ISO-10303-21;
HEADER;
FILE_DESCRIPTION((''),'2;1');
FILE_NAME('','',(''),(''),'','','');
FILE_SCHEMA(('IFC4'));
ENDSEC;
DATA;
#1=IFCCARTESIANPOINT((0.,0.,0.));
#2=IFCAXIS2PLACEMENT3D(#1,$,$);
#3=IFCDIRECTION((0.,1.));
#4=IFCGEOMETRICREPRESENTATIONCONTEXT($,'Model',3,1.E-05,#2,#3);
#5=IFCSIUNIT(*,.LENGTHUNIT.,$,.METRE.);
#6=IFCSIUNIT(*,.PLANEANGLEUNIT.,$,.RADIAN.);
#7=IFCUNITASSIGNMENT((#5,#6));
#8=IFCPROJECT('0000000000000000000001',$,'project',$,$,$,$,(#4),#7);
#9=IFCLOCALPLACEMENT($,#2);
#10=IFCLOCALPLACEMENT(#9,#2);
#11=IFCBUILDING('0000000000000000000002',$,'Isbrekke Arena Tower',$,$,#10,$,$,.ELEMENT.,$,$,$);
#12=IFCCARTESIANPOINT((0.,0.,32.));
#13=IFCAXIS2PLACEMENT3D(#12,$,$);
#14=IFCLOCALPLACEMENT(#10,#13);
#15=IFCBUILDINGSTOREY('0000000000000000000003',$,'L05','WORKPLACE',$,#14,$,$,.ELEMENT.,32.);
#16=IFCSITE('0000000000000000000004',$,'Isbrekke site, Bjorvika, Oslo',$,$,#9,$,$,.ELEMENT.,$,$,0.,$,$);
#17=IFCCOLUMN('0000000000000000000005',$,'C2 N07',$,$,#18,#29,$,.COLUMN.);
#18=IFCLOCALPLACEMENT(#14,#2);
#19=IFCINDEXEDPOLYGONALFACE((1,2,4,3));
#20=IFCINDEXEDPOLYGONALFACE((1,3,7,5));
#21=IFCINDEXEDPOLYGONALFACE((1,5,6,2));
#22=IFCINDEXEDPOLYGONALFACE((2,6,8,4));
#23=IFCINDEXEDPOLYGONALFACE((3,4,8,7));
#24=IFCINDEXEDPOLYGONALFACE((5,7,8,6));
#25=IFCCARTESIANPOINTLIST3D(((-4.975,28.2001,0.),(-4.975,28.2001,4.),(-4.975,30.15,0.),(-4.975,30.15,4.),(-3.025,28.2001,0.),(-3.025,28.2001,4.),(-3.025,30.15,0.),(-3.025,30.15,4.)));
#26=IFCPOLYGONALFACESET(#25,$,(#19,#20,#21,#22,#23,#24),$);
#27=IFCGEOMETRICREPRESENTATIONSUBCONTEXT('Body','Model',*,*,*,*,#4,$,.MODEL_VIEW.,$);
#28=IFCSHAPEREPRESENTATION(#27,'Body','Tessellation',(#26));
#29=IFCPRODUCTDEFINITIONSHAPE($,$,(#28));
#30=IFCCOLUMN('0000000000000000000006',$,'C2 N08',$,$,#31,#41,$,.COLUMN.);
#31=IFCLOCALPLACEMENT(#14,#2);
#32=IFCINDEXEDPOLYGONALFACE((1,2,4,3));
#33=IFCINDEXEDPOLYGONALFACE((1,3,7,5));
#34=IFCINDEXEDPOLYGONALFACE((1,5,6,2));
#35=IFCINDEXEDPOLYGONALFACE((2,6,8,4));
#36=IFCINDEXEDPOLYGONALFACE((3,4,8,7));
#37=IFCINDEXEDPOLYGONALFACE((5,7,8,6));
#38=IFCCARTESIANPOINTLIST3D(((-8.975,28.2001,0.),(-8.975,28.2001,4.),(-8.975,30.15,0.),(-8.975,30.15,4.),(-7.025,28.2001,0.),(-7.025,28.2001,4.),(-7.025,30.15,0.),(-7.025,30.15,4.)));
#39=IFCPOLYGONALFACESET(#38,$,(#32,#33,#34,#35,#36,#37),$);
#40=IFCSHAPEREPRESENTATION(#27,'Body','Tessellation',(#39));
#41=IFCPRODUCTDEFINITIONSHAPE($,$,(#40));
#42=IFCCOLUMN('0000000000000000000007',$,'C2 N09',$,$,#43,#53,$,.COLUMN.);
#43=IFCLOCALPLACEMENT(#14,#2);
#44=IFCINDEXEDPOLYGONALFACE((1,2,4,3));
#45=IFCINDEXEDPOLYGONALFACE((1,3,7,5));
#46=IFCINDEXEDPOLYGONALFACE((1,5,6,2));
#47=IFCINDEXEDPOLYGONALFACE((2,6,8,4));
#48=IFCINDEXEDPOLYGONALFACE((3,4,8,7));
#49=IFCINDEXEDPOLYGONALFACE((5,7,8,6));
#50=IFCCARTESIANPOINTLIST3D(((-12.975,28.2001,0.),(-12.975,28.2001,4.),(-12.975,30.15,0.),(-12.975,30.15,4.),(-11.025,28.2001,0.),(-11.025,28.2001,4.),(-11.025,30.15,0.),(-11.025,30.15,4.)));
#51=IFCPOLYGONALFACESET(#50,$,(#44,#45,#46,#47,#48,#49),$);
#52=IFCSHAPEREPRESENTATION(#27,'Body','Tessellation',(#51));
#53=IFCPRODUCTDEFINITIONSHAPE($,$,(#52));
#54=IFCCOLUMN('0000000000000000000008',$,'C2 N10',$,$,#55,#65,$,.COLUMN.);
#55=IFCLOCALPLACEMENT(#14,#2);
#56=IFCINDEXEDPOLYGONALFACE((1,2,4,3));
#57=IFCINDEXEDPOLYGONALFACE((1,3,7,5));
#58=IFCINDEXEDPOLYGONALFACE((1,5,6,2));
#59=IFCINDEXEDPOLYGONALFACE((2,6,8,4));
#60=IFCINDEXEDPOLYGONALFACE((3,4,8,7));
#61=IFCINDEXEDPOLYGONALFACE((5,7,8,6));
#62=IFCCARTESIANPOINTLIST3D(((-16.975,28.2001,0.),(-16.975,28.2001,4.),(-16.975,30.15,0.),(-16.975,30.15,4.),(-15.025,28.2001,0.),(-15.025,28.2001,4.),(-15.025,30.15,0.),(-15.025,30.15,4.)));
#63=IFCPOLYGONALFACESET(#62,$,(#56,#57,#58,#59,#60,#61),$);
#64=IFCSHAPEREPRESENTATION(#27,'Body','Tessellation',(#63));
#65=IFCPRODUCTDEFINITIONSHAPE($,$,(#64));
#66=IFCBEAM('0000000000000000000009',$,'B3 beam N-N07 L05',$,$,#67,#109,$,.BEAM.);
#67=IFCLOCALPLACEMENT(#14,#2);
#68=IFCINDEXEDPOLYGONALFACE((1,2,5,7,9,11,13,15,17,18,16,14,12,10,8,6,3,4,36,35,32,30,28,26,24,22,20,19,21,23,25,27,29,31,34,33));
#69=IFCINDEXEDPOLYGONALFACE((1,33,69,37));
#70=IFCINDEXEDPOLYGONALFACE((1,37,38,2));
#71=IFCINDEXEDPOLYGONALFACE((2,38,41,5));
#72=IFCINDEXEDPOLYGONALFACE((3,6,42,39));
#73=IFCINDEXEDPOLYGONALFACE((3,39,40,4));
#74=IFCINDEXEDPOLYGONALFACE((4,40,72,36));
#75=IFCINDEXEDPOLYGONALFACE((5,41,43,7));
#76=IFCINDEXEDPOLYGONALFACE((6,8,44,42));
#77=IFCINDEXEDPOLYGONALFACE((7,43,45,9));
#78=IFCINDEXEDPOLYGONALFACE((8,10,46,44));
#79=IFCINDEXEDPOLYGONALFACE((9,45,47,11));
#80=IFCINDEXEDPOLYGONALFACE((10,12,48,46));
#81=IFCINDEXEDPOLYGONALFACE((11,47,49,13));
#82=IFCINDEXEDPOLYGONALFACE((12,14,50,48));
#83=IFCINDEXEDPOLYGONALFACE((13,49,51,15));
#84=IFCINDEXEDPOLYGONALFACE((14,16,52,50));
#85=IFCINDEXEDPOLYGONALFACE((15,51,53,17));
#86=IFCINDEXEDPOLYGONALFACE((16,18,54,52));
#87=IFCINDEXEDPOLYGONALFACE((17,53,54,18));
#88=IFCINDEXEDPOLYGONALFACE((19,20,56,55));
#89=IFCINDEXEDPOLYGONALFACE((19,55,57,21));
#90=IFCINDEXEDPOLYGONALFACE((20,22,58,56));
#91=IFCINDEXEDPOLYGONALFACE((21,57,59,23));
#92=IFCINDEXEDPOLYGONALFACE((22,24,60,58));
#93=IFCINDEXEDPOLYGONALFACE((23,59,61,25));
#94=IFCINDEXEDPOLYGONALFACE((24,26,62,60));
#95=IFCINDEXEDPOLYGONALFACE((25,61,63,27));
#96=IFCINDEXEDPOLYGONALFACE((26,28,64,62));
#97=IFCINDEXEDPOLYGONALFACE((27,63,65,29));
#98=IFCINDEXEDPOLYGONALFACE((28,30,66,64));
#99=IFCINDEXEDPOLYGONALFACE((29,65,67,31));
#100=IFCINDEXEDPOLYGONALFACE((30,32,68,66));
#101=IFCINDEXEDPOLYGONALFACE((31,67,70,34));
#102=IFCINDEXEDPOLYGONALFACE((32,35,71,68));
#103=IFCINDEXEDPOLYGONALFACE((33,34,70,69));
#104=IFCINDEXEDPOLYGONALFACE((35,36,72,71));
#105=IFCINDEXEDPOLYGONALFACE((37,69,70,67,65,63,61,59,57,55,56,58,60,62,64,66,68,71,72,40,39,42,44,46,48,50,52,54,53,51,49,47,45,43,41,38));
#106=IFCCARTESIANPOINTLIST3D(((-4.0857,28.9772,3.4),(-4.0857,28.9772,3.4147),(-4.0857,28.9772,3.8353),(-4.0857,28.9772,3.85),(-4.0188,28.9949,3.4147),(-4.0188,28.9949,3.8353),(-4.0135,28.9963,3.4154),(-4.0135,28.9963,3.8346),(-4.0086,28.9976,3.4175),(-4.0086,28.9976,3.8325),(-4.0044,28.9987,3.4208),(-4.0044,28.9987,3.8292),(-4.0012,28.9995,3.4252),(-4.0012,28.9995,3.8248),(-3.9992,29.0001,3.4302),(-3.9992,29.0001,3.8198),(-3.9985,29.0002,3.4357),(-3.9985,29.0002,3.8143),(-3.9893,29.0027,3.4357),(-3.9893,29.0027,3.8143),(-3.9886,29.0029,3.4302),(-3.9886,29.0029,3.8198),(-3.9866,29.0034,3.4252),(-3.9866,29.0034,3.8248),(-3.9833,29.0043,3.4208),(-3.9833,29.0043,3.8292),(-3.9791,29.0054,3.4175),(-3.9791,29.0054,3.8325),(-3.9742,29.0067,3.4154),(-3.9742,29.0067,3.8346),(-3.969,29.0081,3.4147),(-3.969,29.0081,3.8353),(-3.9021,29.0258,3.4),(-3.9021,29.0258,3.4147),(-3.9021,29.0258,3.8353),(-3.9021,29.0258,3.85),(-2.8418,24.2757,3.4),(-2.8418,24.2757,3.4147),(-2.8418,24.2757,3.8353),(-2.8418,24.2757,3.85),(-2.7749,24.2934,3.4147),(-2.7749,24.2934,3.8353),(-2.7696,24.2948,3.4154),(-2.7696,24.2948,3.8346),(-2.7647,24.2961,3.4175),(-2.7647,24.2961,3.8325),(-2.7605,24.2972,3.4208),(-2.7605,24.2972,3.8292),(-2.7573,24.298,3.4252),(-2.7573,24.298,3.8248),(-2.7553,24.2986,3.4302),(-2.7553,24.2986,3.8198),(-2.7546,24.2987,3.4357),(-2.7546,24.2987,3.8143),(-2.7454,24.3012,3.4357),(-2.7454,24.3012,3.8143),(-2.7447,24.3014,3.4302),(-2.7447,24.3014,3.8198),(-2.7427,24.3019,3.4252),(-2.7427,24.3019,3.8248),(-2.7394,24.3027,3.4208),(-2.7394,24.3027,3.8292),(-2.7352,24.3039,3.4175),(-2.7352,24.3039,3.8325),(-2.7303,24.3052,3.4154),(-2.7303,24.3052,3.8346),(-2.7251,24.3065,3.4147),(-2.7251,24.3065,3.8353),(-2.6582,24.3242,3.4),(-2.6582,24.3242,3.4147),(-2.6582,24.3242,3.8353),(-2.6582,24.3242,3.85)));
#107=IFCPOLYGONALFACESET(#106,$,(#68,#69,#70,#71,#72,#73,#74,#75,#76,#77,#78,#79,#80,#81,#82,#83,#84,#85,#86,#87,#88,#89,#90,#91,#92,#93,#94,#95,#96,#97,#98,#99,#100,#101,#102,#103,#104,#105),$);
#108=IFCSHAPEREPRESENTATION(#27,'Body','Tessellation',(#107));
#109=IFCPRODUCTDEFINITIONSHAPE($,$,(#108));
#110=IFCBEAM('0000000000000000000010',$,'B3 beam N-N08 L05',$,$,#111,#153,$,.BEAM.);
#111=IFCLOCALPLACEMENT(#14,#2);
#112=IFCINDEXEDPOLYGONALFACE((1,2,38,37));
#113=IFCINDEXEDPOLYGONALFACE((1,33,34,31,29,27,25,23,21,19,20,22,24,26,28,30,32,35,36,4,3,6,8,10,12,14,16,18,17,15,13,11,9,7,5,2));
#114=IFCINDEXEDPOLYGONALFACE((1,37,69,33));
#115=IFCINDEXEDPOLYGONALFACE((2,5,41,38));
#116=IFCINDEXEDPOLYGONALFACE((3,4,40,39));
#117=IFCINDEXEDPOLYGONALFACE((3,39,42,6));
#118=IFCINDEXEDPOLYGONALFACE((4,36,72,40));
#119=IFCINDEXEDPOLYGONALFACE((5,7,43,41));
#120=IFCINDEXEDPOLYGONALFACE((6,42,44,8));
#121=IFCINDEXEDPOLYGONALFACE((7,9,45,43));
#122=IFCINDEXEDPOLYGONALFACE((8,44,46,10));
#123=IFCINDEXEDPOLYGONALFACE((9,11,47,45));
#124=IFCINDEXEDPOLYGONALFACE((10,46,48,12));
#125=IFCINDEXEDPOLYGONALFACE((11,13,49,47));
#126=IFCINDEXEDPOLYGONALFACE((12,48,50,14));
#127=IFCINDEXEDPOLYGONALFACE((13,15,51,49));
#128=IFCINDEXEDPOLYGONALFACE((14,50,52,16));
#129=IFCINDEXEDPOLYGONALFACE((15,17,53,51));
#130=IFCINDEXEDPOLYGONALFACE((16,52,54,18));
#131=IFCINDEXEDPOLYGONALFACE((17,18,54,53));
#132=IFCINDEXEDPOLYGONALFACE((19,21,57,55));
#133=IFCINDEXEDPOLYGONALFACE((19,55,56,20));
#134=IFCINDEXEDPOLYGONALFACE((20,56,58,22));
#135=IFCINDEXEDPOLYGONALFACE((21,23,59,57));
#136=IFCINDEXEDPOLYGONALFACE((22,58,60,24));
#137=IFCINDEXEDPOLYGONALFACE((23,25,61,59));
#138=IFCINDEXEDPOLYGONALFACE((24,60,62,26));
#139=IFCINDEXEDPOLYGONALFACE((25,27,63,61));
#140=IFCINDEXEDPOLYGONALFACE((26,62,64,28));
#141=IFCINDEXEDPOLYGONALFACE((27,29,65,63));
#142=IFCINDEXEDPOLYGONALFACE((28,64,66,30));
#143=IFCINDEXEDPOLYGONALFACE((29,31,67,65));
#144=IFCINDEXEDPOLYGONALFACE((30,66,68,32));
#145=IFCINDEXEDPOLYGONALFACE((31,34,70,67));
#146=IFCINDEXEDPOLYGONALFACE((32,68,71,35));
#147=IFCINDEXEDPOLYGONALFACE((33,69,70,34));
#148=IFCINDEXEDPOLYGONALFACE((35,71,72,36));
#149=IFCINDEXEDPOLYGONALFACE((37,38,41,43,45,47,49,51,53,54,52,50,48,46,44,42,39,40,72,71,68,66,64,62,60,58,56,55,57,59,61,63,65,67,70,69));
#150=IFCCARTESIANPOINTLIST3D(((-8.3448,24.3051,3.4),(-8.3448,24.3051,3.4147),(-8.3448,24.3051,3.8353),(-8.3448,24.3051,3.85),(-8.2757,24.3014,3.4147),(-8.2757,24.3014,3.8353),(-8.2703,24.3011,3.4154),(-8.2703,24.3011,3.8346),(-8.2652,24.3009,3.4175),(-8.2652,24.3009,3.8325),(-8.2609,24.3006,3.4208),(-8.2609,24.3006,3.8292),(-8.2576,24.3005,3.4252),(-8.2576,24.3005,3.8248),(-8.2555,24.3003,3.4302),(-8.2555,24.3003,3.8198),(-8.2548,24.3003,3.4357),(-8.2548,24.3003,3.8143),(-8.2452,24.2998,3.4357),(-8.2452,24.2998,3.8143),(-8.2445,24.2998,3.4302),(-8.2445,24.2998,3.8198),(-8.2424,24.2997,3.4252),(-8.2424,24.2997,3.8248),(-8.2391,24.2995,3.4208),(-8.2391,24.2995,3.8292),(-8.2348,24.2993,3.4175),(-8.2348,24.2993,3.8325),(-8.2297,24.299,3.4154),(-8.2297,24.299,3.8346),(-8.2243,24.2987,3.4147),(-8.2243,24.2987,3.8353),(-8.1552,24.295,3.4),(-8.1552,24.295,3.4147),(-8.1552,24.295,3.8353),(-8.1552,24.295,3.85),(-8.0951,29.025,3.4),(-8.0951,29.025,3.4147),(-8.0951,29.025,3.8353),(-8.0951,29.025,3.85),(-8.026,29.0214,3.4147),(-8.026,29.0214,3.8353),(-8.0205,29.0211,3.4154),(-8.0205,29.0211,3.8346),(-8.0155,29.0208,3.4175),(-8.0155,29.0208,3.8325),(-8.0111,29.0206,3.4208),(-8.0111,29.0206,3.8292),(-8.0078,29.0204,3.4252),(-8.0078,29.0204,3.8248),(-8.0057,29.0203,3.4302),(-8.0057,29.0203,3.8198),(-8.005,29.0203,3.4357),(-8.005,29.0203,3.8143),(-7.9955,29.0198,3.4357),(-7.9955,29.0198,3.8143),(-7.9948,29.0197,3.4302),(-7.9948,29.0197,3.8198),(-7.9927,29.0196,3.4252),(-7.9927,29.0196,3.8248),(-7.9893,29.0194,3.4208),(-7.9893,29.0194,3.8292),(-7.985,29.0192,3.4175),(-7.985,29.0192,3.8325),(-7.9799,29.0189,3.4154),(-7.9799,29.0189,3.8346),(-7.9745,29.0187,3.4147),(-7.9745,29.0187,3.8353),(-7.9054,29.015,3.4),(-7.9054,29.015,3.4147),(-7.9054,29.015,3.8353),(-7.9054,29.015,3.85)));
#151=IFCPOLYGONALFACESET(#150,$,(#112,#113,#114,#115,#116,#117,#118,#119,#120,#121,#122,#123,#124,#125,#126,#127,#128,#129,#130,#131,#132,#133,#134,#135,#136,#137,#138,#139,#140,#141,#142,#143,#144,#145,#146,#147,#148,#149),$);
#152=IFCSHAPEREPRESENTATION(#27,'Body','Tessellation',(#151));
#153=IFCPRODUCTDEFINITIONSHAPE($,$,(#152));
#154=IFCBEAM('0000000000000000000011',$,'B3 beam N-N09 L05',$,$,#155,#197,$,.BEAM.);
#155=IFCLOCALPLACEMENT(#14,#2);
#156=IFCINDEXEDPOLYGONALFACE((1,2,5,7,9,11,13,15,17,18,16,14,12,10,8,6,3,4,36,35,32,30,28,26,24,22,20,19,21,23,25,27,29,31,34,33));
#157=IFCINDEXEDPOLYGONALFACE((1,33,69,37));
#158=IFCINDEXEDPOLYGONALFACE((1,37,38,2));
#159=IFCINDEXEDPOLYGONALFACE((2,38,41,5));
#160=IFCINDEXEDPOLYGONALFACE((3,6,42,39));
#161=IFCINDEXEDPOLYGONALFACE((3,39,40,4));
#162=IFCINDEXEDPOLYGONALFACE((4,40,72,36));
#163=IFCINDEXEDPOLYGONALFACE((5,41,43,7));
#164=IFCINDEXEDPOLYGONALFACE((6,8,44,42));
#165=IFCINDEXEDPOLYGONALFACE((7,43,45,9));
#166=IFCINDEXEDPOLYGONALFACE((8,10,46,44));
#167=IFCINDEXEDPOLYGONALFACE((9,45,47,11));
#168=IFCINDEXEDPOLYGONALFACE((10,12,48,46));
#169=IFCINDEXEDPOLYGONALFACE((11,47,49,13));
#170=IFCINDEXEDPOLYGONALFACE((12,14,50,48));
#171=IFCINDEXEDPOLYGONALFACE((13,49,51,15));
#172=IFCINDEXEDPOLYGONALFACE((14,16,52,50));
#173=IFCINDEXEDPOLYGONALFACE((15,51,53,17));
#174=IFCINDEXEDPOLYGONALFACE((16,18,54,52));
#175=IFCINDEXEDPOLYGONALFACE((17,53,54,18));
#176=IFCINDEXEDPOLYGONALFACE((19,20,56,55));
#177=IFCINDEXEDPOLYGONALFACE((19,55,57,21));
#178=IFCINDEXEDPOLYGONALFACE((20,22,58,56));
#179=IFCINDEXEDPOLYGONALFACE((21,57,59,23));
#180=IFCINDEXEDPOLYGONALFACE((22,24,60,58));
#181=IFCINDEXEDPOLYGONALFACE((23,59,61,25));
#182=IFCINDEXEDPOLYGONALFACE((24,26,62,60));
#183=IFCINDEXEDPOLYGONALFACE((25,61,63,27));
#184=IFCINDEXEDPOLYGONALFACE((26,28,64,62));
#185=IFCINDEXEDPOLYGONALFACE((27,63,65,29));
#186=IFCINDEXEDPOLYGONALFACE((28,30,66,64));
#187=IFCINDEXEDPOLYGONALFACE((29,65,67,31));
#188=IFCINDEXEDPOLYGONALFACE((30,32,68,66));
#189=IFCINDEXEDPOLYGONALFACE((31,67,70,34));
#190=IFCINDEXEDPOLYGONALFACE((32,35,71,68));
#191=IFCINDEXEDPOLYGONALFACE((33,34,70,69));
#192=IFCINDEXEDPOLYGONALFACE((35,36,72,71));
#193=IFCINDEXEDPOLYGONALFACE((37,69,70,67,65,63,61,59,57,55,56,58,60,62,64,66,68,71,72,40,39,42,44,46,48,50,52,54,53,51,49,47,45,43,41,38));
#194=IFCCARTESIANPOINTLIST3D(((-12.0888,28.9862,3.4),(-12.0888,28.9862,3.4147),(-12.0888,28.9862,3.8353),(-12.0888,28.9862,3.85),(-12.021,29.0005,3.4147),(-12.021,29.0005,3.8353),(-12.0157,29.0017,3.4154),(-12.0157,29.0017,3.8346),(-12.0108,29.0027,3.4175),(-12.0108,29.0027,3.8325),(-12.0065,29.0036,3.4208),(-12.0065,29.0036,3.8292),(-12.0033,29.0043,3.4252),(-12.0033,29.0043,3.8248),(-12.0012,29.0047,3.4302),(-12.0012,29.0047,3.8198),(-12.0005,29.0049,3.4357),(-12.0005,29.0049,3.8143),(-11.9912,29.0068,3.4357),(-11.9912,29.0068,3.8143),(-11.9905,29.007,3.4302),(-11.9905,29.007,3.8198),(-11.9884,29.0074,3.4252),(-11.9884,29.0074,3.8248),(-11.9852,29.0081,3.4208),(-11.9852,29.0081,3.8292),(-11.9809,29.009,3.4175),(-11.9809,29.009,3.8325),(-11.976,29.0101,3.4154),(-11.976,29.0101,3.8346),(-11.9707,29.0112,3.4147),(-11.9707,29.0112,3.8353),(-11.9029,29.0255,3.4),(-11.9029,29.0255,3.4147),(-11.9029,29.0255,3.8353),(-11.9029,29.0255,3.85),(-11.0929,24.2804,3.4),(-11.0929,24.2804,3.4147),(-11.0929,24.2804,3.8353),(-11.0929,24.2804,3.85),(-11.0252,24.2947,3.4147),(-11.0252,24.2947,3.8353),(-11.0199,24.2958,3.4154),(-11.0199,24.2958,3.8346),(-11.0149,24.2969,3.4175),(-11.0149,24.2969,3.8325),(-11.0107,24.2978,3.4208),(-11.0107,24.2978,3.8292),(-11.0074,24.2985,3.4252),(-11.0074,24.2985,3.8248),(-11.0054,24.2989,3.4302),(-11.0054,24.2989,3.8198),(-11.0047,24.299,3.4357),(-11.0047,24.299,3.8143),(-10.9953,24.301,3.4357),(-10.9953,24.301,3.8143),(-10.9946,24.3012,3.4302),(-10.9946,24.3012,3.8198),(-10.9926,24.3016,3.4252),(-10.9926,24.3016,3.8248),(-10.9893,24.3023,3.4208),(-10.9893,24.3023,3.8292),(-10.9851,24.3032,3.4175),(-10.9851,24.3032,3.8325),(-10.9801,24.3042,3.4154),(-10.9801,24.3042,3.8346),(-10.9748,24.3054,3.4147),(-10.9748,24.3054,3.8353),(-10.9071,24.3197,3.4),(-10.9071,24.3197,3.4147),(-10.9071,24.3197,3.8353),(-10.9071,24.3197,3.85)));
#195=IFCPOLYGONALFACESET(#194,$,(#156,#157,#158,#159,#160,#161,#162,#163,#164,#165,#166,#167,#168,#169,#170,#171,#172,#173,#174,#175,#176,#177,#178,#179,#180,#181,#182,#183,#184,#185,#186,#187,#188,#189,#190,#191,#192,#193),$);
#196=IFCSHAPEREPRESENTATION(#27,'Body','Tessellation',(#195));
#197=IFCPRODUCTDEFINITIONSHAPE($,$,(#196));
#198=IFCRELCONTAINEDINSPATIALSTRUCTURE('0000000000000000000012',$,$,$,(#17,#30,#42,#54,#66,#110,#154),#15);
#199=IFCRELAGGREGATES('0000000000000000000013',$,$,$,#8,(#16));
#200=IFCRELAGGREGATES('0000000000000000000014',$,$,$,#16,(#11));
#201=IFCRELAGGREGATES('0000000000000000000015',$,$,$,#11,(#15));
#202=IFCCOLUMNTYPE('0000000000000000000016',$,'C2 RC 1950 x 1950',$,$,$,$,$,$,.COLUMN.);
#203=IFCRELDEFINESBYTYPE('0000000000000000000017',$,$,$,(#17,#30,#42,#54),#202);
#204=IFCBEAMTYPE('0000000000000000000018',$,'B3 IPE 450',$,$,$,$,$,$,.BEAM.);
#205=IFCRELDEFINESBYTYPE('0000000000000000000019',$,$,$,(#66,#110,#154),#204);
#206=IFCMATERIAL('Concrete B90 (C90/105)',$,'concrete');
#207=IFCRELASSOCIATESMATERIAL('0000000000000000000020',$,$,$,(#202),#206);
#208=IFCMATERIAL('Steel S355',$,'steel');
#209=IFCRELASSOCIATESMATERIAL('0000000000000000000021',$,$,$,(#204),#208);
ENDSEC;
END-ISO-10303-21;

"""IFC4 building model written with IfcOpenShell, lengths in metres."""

from ifc_helpers import new_model, si_unit, direction, frame, origin, origin_2d, place, context, subcontext, project, spatial, rectangle, i_section, extrude, material, material_profile, profile_set, type_object, element, save


model = new_model("IFC4")

# Units and contexts
model_context = context("Model", 3, precision=1e-05, world=origin(), true_north=direction((0.0, 1.0)))
body_context = subcontext(model_context, "Body", "Model", "MODEL_VIEW")
ifc_project = project(units=[si_unit("LENGTHUNIT", "METRE"), si_unit("PLANEANGLEUNIT", "RADIAN")], contexts=[model_context])

# Site, building, storey
site_placement = place(None, origin())
site = spatial("IfcSite", under=ifc_project, at=site_placement, Name="Isbrekke site, Bjorvika, Oslo", CompositionType="ELEMENT", RefElevation=0.0)
building_placement = place(site_placement, origin())
building = spatial("IfcBuilding", under=site, at=building_placement, Name="Isbrekke Arena Tower", CompositionType="ELEMENT")
storey_placement = place(building_placement, frame((0.0, 0.0, 32.0)))
storey = spatial("IfcBuildingStorey", under=building, at=storey_placement, Name="L05", Description="WORKPLACE", CompositionType="ELEMENT", Elevation=32.0)

# Columns
ifc_material_1 = material(Name="Concrete B90 (C90/105)", Category="concrete")
ifc_material_profile_1 = material_profile(ifc_material_1, rectangle(XDim=1.95, YDim=1.95, at=origin_2d()), Name="RC 1950x1950")
ifc_profile_set_1 = profile_set([ifc_material_profile_1], Name="Concrete B90 (C90/105)")
column_type = type_object("IfcColumnType", Name="C2 RC 1950 x 1950", PredefinedType="COLUMN", material=ifc_profile_set_1)
for number, where, z_axis, x_axis, name in (
    (1, (-4.0, 29.175, 0.0), (0.0, 0.0, 1.0), (-1.0, 0.0, 0.0), "C2 N07"),
    (2, (-8.0, 29.175, 0.0), (0.0, 0.0, 1.0), (-1.0, 0.0, 0.0), "C2 N08"),
    (3, (-12.0, 29.175, 0.0), (0.0, 0.0, 1.0), (-1.0, 0.0, 0.0), "C2 N09"),
    (4, (-16.0, 29.175, 0.0), (0.0, 0.0, 1.0), (-1.0, 0.0, 0.0), "C2 N10"),
):
    element("IfcColumn", number, at=place(storey_placement, frame(where, z_axis=z_axis, x_axis=x_axis)), inside=storey, type_object=column_type, Name=name, PredefinedType="COLUMN", context=body_context, shape_type="SweptSolid", body=[
        extrude(rectangle(XDim=1.95, YDim=1.95, at=origin_2d()), origin(), (0.0, 0.0, 1.0), 4.0),
    ])

# Beams
ifc_material_2 = material(Name="Steel S355", Category="steel")
ifc_material_profile_2 = material_profile(ifc_material_2, i_section(OverallWidth=0.1899, OverallDepth=0.45, WebThickness=0.0095, FlangeThickness=0.0146, FilletRadius=0.021, at=origin_2d()), Name="IPE 450")
ifc_profile_set_2 = profile_set([ifc_material_profile_2], Name="Steel S355")
beam_type_1 = type_object("IfcBeamType", Name="B3 IPE 450", PredefinedType="BEAM", material=ifc_profile_set_2)
beam_1_placement = place(storey_placement, frame((-3.9939, 29.0015, 3.625), z_axis=(0.255778, -0.966736, 0.0), x_axis=(0.966736, 0.255778, 0.0)))
element("IfcBeam", 5, at=beam_1_placement, inside=storey, type_object=beam_type_1, Name="B3 beam N-N07 L05", PredefinedType="BEAM", context=body_context, shape_type="SweptSolid", body=[
    extrude(i_section(OverallWidth=0.1899, OverallDepth=0.45, WebThickness=0.0095, FlangeThickness=0.0146, FilletRadius=0.021, at=origin_2d()), origin(), (0.0, 0.0, 1.0), 4.8633),
])
beam_2_placement = place(storey_placement, frame((-8.0002, 29.02, 3.625), z_axis=(-0.052841, -0.998603, 0.0), x_axis=(0.998603, -0.052841, 0.0)))
element("IfcBeam", 6, at=beam_2_placement, inside=storey, type_object=beam_type_1, Name="B3 beam N-N08 L05", PredefinedType="BEAM", context=body_context, shape_type="SweptSolid", body=[
    extrude(i_section(OverallWidth=0.1899, OverallDepth=0.45, WebThickness=0.0095, FlangeThickness=0.0146, FilletRadius=0.021, at=origin_2d()), origin(), (0.0, 0.0, 1.0), 4.7266),
])
beam_3_placement = place(storey_placement, frame((-11.9958, 29.0059, 3.625), z_axis=(0.207036, -0.978333, 0.0), x_axis=(0.978333, 0.207036, 0.0)))
element("IfcBeam", 7, at=beam_3_placement, inside=storey, type_object=beam_type_1, Name="B3 beam N-N09 L05", PredefinedType="BEAM", context=body_context, shape_type="SweptSolid", body=[
    extrude(i_section(OverallWidth=0.1899, OverallDepth=0.45, WebThickness=0.0095, FlangeThickness=0.0146, FilletRadius=0.021, at=origin_2d()), origin(), (0.0, 0.0, 1.0), 4.8101),
])

save(model, "model.ifc")
